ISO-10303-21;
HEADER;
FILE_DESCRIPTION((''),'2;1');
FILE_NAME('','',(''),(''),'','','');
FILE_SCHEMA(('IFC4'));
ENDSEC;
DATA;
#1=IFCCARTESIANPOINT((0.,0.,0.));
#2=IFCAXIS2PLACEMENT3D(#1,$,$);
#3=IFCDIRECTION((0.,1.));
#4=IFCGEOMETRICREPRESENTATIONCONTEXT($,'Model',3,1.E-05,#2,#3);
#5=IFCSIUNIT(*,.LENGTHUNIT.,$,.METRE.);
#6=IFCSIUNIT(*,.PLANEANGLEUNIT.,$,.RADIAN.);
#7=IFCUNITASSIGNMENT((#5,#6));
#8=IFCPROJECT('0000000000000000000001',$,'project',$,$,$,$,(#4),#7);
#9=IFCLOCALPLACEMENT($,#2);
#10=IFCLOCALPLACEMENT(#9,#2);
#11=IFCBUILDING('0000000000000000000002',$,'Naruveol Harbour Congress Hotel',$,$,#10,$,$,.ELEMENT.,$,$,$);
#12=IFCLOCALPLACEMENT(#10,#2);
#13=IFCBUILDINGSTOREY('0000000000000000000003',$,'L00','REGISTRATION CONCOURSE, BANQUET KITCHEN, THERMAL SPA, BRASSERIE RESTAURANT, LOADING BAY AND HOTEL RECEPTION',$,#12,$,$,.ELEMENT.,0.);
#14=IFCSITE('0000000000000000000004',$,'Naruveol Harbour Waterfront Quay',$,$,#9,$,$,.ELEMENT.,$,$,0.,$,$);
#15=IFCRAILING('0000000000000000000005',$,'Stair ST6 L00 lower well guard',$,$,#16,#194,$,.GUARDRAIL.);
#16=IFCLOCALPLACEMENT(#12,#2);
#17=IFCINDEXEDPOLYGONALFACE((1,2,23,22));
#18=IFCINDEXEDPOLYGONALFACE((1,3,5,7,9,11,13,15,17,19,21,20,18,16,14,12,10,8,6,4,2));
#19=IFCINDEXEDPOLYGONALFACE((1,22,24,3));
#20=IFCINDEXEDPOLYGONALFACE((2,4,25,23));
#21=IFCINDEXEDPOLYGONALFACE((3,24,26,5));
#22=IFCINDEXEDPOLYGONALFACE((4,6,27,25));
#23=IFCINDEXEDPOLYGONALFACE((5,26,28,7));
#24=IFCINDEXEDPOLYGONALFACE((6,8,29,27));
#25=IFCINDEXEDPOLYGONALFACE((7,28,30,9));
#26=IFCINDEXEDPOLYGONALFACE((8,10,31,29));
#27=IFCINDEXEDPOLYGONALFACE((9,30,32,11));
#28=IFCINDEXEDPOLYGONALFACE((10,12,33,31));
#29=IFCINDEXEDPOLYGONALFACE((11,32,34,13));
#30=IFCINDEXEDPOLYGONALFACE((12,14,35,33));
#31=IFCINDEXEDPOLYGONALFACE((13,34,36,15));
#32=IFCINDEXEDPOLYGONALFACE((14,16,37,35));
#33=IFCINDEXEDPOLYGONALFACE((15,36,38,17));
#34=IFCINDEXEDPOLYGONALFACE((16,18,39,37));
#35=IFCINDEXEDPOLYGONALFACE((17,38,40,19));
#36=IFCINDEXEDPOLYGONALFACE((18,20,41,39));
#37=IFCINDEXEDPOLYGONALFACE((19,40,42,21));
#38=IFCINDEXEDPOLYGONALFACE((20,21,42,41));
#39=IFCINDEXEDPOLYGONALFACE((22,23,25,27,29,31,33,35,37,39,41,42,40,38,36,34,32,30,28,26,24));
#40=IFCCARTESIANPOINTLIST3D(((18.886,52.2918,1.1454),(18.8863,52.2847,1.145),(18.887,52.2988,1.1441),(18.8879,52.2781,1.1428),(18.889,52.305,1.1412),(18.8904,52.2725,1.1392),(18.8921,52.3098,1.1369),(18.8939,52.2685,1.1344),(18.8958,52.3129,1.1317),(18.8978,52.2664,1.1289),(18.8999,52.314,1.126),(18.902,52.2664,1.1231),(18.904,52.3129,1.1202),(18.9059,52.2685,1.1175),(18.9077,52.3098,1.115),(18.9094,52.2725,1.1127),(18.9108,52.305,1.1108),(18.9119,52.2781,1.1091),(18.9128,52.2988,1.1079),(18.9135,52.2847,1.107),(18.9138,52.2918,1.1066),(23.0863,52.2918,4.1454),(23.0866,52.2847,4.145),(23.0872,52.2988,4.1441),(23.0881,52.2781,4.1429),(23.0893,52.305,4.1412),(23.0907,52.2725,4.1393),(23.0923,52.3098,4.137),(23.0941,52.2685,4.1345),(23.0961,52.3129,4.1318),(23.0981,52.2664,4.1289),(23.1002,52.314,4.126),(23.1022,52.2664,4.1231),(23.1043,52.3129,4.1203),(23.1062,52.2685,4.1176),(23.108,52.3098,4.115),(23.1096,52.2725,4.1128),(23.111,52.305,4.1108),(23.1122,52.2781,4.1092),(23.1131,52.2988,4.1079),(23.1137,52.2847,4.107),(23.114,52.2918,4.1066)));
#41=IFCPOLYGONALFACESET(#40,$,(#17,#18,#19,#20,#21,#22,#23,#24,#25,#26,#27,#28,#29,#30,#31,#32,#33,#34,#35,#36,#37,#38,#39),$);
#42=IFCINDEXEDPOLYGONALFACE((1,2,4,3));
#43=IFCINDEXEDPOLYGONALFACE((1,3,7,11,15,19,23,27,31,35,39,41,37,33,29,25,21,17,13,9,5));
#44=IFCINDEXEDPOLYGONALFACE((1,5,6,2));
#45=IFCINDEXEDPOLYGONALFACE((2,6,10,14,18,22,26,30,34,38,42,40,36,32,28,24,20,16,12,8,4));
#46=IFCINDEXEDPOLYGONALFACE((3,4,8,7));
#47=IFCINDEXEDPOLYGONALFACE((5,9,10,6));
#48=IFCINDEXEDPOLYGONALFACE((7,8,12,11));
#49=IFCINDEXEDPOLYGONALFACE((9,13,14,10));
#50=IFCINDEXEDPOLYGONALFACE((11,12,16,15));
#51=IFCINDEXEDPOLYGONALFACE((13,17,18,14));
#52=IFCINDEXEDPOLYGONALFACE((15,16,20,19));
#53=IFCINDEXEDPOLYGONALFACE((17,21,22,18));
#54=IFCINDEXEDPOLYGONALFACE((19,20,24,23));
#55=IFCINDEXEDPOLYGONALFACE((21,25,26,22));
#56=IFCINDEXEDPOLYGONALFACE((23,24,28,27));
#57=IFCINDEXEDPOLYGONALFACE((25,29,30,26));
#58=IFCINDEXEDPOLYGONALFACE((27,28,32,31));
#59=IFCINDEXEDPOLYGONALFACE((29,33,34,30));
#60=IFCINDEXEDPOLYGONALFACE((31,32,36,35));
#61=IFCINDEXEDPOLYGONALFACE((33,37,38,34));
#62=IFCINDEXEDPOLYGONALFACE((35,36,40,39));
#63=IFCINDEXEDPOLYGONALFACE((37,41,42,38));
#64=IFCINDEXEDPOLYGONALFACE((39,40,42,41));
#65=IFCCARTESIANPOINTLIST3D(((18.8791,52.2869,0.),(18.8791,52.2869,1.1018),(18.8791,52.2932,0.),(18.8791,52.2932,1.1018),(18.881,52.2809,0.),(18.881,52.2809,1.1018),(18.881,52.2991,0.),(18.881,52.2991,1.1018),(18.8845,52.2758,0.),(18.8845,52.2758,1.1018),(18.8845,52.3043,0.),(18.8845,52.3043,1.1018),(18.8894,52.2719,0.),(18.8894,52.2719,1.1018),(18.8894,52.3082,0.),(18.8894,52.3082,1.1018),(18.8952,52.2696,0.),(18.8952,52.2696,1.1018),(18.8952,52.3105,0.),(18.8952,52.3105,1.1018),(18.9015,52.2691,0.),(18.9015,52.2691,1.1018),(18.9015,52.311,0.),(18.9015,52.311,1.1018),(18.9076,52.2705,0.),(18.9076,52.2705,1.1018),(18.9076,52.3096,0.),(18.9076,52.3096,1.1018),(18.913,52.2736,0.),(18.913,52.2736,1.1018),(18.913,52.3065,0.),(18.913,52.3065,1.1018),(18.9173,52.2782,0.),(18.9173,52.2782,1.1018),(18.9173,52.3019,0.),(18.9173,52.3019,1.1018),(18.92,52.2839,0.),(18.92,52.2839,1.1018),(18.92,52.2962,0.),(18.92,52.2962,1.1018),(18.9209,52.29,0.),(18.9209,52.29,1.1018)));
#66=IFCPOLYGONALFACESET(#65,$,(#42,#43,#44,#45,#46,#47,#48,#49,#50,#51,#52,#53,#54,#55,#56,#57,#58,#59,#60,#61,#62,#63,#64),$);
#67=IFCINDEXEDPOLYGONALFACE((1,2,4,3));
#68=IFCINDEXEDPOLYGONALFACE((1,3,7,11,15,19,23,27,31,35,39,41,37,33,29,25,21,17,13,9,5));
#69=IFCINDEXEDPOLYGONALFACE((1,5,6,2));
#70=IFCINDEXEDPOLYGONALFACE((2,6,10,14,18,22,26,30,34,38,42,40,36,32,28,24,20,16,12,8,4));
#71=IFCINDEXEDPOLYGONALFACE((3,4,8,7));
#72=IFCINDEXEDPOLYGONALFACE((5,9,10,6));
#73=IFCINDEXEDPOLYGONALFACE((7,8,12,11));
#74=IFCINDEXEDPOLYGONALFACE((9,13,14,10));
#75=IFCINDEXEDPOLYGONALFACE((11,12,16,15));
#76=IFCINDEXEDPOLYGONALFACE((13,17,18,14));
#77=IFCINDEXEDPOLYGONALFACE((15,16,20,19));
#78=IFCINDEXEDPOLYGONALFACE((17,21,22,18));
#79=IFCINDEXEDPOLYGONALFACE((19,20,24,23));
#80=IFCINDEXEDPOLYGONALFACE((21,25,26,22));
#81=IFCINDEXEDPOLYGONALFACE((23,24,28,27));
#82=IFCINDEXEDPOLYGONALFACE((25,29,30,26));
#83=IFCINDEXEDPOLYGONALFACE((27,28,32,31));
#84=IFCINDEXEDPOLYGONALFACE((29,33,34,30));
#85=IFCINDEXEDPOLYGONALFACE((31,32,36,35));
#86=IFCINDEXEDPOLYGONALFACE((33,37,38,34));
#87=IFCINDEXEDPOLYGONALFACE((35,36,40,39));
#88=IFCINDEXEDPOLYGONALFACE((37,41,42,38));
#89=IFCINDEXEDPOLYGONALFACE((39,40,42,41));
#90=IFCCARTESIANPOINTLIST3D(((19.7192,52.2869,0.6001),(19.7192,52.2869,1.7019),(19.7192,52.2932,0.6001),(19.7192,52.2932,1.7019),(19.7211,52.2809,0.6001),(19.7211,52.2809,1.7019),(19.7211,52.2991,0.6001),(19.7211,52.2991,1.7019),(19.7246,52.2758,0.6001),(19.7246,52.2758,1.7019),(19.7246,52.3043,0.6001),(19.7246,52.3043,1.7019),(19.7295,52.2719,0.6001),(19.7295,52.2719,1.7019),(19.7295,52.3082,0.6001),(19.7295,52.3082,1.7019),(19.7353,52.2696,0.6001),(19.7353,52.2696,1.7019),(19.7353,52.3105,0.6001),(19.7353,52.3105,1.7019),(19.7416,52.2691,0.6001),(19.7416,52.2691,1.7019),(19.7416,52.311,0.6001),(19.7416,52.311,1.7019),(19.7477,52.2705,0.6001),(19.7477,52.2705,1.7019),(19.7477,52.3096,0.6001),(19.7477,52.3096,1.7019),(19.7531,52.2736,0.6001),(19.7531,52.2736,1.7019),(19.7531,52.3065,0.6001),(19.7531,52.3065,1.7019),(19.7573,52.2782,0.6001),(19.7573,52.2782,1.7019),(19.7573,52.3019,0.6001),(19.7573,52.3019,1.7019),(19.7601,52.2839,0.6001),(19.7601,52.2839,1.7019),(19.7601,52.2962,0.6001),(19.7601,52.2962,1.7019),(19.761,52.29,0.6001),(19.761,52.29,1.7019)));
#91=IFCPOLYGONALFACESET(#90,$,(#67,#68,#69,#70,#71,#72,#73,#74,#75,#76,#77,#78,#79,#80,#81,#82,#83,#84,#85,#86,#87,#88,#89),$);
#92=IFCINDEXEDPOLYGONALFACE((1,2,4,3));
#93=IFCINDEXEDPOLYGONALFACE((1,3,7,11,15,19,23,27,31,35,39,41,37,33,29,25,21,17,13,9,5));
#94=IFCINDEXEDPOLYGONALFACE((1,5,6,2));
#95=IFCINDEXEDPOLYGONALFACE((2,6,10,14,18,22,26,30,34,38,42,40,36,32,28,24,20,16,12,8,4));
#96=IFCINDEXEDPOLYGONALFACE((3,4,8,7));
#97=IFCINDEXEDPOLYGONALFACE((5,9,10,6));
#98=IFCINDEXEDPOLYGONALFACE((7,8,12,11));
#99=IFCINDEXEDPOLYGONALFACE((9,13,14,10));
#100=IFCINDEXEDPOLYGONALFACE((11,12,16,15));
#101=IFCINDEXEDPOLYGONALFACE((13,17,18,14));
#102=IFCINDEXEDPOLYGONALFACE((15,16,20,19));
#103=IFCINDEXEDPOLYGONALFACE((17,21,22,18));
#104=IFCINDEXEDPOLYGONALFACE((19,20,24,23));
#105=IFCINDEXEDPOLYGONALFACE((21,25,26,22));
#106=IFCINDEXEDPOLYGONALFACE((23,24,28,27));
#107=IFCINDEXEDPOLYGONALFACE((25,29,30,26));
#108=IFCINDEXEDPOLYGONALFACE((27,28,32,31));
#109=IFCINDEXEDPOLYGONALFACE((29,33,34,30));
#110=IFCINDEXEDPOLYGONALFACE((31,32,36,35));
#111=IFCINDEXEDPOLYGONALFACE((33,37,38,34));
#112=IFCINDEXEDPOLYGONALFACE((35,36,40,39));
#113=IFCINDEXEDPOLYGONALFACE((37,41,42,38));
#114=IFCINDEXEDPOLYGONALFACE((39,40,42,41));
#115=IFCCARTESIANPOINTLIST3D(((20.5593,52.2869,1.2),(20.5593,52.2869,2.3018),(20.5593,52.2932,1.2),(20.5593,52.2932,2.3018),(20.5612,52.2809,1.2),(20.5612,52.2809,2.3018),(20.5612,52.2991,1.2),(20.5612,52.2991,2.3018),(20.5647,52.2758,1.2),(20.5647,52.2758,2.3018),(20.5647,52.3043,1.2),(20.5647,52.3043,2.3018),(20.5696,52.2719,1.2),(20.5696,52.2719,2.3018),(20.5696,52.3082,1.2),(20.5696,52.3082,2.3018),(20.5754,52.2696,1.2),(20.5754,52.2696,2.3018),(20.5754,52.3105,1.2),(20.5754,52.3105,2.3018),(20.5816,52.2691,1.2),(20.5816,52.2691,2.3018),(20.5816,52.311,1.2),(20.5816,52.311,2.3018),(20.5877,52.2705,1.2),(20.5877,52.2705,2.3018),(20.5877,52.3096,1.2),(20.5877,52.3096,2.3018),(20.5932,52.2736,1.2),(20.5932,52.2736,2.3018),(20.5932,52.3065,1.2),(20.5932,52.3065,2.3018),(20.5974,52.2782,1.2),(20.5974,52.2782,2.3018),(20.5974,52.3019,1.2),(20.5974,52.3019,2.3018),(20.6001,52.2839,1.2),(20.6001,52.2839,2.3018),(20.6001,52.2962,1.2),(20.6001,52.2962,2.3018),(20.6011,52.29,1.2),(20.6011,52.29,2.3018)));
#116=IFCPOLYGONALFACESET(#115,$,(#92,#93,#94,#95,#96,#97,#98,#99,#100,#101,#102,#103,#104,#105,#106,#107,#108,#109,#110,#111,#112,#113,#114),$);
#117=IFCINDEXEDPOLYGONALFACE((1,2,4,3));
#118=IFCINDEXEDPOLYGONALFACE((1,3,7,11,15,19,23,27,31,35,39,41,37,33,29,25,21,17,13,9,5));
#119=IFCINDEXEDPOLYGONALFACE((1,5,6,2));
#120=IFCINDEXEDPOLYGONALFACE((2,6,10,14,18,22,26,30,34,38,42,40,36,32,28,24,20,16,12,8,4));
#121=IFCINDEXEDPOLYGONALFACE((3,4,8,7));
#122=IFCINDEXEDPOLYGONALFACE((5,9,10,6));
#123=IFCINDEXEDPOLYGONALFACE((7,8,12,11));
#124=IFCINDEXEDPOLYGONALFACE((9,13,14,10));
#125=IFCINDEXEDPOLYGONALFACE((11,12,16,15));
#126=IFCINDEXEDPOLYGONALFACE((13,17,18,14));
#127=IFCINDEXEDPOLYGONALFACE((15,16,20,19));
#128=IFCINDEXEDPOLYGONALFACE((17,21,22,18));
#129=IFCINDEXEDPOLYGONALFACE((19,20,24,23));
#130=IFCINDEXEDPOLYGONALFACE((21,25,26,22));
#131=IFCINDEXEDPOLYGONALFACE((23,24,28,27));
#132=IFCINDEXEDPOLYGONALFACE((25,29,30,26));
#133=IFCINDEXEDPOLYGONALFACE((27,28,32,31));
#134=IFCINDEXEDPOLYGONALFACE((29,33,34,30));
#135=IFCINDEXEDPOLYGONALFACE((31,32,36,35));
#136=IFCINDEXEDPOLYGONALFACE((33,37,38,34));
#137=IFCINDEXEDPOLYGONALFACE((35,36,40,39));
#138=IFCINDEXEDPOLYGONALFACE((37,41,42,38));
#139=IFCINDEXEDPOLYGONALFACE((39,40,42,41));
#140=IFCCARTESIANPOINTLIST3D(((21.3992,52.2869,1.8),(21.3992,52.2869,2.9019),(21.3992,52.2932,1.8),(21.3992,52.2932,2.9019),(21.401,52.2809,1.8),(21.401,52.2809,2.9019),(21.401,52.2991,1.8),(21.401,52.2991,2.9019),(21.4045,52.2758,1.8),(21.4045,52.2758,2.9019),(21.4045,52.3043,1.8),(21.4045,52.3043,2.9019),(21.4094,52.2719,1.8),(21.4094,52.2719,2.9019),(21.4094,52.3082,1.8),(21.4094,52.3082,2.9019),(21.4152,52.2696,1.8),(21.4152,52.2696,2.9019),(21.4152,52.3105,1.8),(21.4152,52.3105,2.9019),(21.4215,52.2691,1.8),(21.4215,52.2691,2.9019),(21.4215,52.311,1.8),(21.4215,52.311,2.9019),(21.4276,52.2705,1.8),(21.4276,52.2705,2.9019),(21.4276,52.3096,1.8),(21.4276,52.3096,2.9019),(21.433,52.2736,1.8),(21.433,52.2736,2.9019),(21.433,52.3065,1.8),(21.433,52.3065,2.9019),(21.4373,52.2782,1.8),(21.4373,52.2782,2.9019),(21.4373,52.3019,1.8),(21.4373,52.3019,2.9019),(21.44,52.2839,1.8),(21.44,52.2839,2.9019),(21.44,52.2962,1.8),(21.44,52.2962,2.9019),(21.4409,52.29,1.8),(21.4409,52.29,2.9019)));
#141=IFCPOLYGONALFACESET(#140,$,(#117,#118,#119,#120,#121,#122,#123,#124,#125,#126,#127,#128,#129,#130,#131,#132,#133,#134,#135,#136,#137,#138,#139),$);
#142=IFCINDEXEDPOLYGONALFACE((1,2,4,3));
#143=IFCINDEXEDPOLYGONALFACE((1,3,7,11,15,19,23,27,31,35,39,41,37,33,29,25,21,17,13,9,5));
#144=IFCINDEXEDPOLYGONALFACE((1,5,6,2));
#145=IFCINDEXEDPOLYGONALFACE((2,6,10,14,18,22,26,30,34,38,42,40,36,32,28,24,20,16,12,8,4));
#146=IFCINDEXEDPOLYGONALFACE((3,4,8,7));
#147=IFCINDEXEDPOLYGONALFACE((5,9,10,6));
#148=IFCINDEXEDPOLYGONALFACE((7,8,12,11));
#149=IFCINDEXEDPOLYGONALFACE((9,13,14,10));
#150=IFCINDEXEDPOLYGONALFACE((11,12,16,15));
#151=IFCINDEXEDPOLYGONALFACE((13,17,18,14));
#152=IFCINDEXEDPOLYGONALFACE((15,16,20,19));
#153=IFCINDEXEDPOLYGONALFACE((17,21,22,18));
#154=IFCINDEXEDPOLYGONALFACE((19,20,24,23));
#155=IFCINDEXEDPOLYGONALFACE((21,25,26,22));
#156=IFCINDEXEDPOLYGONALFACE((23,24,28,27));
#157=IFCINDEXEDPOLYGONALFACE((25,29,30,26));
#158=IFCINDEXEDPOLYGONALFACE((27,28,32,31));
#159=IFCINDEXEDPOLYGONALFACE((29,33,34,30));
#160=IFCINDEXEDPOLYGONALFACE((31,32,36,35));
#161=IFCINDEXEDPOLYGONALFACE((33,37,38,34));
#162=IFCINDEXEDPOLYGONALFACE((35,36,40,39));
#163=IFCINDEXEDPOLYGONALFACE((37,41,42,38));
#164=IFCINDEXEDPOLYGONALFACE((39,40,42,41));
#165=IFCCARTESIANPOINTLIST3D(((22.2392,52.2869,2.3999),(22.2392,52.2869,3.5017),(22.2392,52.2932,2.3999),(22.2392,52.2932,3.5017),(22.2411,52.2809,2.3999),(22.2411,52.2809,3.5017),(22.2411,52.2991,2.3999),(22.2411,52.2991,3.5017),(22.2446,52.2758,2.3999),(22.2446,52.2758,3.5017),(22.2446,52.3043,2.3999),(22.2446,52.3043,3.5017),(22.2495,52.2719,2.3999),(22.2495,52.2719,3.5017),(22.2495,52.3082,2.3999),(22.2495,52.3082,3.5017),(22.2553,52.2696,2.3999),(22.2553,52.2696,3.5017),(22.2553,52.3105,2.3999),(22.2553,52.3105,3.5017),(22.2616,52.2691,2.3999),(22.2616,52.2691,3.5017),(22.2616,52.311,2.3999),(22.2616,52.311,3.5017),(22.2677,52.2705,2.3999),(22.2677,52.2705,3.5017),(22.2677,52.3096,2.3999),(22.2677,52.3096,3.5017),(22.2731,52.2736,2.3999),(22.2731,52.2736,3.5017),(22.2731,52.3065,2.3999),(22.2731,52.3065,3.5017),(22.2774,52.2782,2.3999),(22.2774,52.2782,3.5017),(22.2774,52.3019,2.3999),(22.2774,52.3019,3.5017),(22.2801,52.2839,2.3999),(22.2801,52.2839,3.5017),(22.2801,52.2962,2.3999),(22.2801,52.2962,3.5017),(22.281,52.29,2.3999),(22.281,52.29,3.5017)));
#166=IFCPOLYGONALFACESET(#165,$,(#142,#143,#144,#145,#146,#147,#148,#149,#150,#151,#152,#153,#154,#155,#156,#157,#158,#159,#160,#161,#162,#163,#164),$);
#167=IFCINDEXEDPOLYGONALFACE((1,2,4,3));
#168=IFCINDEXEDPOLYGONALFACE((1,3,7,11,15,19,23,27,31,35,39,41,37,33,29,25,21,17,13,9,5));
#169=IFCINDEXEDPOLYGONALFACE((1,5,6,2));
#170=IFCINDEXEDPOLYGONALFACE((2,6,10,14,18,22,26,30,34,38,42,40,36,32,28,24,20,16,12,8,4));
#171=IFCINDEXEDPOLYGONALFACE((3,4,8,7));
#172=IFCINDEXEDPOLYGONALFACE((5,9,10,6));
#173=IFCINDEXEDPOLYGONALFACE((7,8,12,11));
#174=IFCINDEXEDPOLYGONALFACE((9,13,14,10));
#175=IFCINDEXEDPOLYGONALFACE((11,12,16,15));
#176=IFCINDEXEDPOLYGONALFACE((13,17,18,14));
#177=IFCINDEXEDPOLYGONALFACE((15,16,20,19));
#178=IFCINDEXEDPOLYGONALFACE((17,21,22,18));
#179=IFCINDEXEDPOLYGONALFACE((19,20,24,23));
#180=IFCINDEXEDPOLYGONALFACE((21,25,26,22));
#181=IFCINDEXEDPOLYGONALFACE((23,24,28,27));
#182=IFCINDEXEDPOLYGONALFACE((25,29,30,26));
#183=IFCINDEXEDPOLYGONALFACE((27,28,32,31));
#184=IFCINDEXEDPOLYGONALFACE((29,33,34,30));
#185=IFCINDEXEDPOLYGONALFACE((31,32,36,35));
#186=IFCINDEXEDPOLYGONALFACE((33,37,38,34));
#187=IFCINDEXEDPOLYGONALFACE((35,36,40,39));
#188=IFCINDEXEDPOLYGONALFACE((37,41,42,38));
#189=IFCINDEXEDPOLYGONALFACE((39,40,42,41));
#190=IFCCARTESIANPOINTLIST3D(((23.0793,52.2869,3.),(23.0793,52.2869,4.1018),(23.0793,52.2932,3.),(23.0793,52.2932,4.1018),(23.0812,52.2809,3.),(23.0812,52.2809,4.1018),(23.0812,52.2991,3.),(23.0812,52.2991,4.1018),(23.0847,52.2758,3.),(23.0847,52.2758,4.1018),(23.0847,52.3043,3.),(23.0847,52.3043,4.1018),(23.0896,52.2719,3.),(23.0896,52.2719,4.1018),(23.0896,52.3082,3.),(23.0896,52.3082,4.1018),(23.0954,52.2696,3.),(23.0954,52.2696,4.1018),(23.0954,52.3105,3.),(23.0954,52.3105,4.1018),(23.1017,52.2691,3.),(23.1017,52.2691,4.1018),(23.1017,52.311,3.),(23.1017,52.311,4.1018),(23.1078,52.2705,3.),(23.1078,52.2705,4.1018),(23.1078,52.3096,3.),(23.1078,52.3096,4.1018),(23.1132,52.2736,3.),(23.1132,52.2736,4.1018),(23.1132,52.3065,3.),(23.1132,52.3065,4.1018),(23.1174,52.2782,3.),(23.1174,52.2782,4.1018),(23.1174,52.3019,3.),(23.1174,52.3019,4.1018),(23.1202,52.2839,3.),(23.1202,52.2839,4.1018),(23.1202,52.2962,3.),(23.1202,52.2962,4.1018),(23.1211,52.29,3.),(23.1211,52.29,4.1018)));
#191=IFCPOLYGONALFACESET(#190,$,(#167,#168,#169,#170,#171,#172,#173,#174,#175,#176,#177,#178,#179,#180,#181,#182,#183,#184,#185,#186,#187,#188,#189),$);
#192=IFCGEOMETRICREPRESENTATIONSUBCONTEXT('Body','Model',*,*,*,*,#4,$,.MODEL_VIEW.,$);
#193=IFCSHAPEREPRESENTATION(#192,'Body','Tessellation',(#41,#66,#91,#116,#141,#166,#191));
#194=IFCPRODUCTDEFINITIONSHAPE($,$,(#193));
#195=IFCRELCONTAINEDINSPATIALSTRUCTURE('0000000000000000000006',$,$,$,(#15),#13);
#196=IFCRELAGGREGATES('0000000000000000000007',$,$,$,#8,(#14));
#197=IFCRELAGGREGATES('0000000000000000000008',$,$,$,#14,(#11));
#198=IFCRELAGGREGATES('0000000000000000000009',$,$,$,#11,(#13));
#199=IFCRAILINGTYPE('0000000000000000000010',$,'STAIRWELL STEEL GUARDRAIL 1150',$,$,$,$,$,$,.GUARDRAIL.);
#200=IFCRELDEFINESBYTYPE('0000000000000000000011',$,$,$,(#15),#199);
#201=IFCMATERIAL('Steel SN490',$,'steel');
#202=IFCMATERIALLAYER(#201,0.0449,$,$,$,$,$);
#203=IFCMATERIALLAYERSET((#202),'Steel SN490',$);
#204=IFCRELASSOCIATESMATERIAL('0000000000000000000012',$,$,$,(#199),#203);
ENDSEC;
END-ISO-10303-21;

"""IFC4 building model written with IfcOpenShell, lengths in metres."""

from ifc_helpers import new_model, si_unit, direction, frame, origin, origin_2d, place, context, subcontext, project, spatial, circle, extrude, material, layer, layer_set, type_object, element, save


model = new_model("IFC4")

# Units and contexts
model_context = context("Model", 3, precision=1e-05, world=origin(), true_north=direction((0.0, 1.0)))
body_context = subcontext(model_context, "Body", "Model", "MODEL_VIEW")
ifc_project = project(units=[si_unit("LENGTHUNIT", "METRE"), si_unit("PLANEANGLEUNIT", "RADIAN")], contexts=[model_context])

# Site, building, storey
site_placement = place(None, origin())
site = spatial("IfcSite", under=ifc_project, at=site_placement, Name="Naruveol Harbour Waterfront Quay", CompositionType="ELEMENT", RefElevation=0.0)
building_placement = place(site_placement, origin())
building = spatial("IfcBuilding", under=site, at=building_placement, Name="Naruveol Harbour Congress Hotel", CompositionType="ELEMENT")
storey_placement = place(building_placement, origin())
storey = spatial("IfcBuildingStorey", under=building, at=storey_placement, Name="L00", Description="REGISTRATION CONCOURSE, BANQUET KITCHEN, THERMAL SPA, BRASSERIE RESTAURANT, LOADING BAY AND HOTEL RECEPTION", CompositionType="ELEMENT", Elevation=0.0)

# Railing
ifc_material_1 = material(Name="Steel SN490", Category="steel")
ifc_layer_1 = layer(ifc_material_1, 0.0449)
ifc_layer_set_1 = layer_set([ifc_layer_1], Name="Steel SN490")
railing_type_1 = type_object("IfcRailingType", Name="STAIRWELL STEEL GUARDRAIL 1150", PredefinedType="GUARDRAIL", material=ifc_layer_set_1)
railing_1_placement = place(storey_placement, frame((18.8999, 52.29, 0.0)))
element("IfcRailing", 1, at=railing_1_placement, inside=storey, type_object=railing_type_1, Name="Stair ST6 L00 lower well guard", PredefinedType="GUARDRAIL", context=body_context, shape_type="SweptSolid", body=[
    extrude(circle(Radius=0.0239, at=origin_2d()), frame((0.0, 0.0, 1.126), z_axis=(0.813746, 0.0, 0.58122), x_axis=(0.0, 1.0, 0.0)), (0.0, 0.0, 1.0), 5.1616),
    extrude(circle(Radius=0.021, at=origin_2d()), origin(), (0.0, 0.0, 1.0), 1.1018),
    extrude(circle(Radius=0.021, at=origin_2d()), frame((0.8401, 0.0, 0.6001)), (0.0, 0.0, 1.0), 1.1018),
    extrude(circle(Radius=0.021, at=origin_2d()), frame((1.6802, 0.0, 1.2)), (0.0, 0.0, 1.0), 1.1018),
    extrude(circle(Radius=0.021, at=origin_2d()), frame((2.52, 0.0, 1.8)), (0.0, 0.0, 1.0), 1.1018),
    extrude(circle(Radius=0.021, at=origin_2d()), frame((3.3601, 0.0, 2.3999)), (0.0, 0.0, 1.0), 1.1018),
    extrude(circle(Radius=0.021, at=origin_2d()), frame((4.2002, 0.0, 3.0)), (0.0, 0.0, 1.0), 1.1018),
])

save(model, "model.ifc")
